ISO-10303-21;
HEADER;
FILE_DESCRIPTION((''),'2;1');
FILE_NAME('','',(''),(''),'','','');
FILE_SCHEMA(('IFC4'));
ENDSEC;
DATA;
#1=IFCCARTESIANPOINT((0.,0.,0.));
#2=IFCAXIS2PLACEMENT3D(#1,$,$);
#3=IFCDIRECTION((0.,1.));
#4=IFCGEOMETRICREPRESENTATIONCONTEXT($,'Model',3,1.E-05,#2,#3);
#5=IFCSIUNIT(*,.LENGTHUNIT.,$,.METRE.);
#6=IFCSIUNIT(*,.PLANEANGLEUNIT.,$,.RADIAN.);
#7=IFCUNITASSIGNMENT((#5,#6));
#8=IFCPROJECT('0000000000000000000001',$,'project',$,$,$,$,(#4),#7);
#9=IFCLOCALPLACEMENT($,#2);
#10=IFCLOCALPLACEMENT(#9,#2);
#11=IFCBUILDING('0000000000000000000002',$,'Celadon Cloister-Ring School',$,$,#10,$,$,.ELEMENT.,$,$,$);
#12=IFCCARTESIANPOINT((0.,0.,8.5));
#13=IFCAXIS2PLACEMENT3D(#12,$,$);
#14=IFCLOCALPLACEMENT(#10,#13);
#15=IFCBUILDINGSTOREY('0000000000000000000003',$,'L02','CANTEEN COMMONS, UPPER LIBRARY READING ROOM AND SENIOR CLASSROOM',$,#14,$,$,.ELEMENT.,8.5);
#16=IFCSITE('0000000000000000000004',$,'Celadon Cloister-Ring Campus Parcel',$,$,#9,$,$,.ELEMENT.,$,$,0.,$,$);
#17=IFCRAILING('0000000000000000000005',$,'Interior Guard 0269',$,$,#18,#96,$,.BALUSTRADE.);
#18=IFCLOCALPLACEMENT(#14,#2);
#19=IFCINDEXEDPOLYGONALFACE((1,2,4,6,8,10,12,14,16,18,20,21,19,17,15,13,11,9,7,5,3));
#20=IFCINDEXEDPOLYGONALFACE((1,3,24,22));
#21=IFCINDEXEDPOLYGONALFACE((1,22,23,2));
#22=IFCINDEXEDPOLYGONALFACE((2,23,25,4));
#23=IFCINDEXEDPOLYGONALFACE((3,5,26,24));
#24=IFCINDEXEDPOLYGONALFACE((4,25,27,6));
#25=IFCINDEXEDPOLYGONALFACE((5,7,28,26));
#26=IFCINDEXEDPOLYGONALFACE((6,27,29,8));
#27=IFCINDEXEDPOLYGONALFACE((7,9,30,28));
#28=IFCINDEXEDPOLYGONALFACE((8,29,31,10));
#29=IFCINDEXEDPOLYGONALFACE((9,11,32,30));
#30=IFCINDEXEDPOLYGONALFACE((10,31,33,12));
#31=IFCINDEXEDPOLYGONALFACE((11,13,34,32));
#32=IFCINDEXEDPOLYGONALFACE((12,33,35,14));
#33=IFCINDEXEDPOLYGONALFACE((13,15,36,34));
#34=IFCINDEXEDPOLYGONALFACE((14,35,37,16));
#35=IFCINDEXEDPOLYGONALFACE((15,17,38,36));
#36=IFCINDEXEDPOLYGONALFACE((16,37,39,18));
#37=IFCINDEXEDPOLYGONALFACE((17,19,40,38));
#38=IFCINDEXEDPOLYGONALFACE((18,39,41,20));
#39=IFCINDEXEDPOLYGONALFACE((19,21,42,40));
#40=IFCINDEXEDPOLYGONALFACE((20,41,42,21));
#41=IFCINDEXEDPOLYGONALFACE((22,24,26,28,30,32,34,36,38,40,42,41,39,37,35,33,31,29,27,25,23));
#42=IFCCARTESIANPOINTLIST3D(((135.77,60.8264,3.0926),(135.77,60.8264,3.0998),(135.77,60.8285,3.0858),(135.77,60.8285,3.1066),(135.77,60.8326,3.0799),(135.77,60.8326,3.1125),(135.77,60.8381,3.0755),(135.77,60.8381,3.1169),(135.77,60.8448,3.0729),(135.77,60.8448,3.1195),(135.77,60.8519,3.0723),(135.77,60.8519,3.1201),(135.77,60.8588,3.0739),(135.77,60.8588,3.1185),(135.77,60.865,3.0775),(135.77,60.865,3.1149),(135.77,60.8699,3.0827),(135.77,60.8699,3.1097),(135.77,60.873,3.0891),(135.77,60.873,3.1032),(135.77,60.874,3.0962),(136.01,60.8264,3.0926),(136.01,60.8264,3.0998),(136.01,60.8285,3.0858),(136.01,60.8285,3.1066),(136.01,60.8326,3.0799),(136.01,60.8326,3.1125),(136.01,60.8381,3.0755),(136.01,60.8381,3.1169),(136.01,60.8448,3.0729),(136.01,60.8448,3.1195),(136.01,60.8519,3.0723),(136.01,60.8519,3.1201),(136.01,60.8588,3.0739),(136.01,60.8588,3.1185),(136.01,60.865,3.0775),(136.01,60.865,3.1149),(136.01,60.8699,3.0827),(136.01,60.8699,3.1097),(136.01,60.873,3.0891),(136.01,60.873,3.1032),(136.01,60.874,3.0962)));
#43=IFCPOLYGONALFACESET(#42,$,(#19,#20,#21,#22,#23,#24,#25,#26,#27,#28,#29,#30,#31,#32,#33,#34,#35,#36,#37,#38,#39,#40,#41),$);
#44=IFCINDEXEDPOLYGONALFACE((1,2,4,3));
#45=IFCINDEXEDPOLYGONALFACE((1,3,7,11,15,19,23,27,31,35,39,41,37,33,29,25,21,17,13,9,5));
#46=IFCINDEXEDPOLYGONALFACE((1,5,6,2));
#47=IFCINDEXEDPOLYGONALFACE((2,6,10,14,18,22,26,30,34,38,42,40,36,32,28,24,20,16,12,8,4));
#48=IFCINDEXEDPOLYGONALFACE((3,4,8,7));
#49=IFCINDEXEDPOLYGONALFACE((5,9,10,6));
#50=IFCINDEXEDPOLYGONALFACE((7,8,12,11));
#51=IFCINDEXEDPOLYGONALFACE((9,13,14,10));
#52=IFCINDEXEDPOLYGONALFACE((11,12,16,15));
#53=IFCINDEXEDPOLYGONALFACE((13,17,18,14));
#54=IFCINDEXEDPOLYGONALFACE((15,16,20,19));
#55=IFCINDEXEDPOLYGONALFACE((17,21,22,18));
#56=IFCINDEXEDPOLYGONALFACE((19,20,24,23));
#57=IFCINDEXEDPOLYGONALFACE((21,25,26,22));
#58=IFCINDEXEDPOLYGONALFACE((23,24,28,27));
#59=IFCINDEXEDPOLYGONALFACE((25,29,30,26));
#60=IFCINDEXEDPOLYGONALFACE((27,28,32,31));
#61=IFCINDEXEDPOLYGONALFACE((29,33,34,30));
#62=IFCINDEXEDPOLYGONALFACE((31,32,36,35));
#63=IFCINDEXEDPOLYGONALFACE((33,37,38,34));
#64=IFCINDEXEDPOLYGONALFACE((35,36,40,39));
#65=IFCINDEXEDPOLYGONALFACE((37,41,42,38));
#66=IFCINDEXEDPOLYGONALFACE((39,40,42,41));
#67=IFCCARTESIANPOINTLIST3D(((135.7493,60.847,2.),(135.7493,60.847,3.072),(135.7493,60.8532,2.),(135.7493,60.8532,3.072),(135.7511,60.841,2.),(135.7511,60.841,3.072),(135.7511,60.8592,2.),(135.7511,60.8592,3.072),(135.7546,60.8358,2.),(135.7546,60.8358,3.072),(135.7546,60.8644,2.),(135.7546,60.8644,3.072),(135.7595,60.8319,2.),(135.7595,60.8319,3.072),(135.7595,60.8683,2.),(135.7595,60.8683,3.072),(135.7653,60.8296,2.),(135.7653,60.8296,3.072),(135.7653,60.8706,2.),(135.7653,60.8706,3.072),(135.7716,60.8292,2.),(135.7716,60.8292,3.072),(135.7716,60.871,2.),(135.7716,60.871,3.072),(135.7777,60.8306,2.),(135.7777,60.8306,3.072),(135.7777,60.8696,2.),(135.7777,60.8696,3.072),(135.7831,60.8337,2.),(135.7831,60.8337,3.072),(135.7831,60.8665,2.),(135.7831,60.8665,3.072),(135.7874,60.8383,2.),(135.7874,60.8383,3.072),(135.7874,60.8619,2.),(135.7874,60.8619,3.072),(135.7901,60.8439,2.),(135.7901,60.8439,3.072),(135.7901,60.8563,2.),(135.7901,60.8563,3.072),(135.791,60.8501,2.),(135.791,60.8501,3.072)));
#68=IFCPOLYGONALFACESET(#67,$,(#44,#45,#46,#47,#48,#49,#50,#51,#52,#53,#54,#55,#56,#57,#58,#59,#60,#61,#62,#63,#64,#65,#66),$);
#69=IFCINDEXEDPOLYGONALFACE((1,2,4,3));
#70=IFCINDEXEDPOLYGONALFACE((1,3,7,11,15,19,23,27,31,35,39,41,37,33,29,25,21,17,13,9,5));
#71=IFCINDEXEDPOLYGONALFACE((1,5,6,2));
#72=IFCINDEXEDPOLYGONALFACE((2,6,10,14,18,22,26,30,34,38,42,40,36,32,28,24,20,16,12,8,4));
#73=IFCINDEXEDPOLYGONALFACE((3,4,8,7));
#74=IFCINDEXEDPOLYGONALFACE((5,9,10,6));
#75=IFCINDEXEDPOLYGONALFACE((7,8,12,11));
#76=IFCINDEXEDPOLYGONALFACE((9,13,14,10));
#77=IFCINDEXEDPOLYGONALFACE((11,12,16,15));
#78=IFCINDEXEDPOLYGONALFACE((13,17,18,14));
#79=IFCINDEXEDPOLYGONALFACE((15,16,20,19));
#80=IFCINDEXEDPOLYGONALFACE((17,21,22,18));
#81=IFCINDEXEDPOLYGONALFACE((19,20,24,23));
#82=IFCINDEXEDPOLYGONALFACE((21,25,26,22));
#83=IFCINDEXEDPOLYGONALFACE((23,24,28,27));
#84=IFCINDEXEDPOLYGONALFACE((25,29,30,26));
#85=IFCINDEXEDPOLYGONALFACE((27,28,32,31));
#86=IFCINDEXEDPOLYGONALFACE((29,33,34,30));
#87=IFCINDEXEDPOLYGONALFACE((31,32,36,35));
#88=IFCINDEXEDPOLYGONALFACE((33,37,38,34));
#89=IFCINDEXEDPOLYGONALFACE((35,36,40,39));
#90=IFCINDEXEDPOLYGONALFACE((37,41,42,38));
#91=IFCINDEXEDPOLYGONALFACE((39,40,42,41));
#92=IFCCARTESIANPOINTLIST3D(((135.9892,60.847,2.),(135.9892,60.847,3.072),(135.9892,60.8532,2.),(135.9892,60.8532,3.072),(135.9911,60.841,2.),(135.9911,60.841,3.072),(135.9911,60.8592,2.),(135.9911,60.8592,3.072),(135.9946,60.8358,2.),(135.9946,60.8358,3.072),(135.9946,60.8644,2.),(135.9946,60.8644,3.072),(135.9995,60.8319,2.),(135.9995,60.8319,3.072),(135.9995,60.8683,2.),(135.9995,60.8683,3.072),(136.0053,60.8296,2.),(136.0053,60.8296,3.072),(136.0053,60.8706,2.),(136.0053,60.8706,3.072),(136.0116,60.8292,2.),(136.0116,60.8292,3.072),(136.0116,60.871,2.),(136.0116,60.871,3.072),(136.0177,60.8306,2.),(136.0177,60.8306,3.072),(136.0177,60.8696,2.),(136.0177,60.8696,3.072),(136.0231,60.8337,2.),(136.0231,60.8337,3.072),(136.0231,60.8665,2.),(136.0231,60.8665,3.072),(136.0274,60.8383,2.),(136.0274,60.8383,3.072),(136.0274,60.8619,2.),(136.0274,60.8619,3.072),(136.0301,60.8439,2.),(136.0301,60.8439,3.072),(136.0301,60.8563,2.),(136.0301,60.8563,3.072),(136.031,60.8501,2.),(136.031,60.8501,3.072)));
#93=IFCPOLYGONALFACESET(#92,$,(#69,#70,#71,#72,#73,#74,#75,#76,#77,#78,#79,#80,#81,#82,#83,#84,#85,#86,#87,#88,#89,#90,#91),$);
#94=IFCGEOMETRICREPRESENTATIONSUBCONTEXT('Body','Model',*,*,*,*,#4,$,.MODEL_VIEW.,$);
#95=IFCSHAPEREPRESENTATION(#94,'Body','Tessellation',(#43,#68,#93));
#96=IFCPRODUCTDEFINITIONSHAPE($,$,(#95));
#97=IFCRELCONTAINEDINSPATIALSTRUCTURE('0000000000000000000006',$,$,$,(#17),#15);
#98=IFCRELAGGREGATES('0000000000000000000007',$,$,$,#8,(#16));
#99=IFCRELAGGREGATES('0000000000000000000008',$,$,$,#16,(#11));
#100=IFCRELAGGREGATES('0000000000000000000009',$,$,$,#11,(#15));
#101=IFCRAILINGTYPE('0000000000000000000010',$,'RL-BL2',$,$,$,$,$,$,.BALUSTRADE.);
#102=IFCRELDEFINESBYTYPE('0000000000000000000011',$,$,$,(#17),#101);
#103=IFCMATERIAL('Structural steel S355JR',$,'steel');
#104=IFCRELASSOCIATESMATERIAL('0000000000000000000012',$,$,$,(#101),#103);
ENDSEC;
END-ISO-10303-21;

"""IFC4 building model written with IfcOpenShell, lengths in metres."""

from ifc_helpers import new_model, si_unit, direction, frame, origin, origin_2d, place, context, subcontext, project, spatial, circle, extrude, material, type_object, element, save


model = new_model("IFC4")

# Units and contexts
model_context = context("Model", 3, precision=1e-05, world=origin(), true_north=direction((0.0, 1.0)))
body_context = subcontext(model_context, "Body", "Model", "MODEL_VIEW")
ifc_project = project(units=[si_unit("LENGTHUNIT", "METRE"), si_unit("PLANEANGLEUNIT", "RADIAN")], contexts=[model_context])

# Site, building, storey
site_placement = place(None, origin())
site = spatial("IfcSite", under=ifc_project, at=site_placement, Name="Celadon Cloister-Ring Campus Parcel", CompositionType="ELEMENT", RefElevation=0.0)
building_placement = place(site_placement, origin())
building = spatial("IfcBuilding", under=site, at=building_placement, Name="Celadon Cloister-Ring School", CompositionType="ELEMENT")
storey_placement = place(building_placement, frame((0.0, 0.0, 8.5)))
storey = spatial("IfcBuildingStorey", under=building, at=storey_placement, Name="L02", Description="CANTEEN COMMONS, UPPER LIBRARY READING ROOM AND SENIOR CLASSROOM", CompositionType="ELEMENT", Elevation=8.5)

# Railing
ifc_material_1 = material(Name="Structural steel S355JR", Category="steel")
railing_type_1 = type_object("IfcRailingType", Name="RL-BL2", PredefinedType="BALUSTRADE", material=ifc_material_1)
railing_placement = place(storey_placement, frame((135.77, 60.8501, 2.0)))
element("IfcRailing", 1, at=railing_placement, inside=storey, type_object=railing_type_1, Name="Interior Guard 0269", PredefinedType="BALUSTRADE", context=body_context, shape_type="SweptSolid", body=[
    extrude(circle(Radius=0.0239, at=origin_2d()), frame((0.0, 0.0, 1.0962), z_axis=(1.0, 0.0, 0.0), x_axis=(0.0, 1.0, 0.0)), (0.0, 0.0, 1.0), 0.24),
    extrude(circle(Radius=0.021, at=origin_2d()), origin(), (0.0, 0.0, 1.0), 1.072),
    extrude(circle(Radius=0.021, at=origin_2d()), frame((0.24, 0.0, 0.0)), (0.0, 0.0, 1.0), 1.072),
])

save(model, "model.ifc")
